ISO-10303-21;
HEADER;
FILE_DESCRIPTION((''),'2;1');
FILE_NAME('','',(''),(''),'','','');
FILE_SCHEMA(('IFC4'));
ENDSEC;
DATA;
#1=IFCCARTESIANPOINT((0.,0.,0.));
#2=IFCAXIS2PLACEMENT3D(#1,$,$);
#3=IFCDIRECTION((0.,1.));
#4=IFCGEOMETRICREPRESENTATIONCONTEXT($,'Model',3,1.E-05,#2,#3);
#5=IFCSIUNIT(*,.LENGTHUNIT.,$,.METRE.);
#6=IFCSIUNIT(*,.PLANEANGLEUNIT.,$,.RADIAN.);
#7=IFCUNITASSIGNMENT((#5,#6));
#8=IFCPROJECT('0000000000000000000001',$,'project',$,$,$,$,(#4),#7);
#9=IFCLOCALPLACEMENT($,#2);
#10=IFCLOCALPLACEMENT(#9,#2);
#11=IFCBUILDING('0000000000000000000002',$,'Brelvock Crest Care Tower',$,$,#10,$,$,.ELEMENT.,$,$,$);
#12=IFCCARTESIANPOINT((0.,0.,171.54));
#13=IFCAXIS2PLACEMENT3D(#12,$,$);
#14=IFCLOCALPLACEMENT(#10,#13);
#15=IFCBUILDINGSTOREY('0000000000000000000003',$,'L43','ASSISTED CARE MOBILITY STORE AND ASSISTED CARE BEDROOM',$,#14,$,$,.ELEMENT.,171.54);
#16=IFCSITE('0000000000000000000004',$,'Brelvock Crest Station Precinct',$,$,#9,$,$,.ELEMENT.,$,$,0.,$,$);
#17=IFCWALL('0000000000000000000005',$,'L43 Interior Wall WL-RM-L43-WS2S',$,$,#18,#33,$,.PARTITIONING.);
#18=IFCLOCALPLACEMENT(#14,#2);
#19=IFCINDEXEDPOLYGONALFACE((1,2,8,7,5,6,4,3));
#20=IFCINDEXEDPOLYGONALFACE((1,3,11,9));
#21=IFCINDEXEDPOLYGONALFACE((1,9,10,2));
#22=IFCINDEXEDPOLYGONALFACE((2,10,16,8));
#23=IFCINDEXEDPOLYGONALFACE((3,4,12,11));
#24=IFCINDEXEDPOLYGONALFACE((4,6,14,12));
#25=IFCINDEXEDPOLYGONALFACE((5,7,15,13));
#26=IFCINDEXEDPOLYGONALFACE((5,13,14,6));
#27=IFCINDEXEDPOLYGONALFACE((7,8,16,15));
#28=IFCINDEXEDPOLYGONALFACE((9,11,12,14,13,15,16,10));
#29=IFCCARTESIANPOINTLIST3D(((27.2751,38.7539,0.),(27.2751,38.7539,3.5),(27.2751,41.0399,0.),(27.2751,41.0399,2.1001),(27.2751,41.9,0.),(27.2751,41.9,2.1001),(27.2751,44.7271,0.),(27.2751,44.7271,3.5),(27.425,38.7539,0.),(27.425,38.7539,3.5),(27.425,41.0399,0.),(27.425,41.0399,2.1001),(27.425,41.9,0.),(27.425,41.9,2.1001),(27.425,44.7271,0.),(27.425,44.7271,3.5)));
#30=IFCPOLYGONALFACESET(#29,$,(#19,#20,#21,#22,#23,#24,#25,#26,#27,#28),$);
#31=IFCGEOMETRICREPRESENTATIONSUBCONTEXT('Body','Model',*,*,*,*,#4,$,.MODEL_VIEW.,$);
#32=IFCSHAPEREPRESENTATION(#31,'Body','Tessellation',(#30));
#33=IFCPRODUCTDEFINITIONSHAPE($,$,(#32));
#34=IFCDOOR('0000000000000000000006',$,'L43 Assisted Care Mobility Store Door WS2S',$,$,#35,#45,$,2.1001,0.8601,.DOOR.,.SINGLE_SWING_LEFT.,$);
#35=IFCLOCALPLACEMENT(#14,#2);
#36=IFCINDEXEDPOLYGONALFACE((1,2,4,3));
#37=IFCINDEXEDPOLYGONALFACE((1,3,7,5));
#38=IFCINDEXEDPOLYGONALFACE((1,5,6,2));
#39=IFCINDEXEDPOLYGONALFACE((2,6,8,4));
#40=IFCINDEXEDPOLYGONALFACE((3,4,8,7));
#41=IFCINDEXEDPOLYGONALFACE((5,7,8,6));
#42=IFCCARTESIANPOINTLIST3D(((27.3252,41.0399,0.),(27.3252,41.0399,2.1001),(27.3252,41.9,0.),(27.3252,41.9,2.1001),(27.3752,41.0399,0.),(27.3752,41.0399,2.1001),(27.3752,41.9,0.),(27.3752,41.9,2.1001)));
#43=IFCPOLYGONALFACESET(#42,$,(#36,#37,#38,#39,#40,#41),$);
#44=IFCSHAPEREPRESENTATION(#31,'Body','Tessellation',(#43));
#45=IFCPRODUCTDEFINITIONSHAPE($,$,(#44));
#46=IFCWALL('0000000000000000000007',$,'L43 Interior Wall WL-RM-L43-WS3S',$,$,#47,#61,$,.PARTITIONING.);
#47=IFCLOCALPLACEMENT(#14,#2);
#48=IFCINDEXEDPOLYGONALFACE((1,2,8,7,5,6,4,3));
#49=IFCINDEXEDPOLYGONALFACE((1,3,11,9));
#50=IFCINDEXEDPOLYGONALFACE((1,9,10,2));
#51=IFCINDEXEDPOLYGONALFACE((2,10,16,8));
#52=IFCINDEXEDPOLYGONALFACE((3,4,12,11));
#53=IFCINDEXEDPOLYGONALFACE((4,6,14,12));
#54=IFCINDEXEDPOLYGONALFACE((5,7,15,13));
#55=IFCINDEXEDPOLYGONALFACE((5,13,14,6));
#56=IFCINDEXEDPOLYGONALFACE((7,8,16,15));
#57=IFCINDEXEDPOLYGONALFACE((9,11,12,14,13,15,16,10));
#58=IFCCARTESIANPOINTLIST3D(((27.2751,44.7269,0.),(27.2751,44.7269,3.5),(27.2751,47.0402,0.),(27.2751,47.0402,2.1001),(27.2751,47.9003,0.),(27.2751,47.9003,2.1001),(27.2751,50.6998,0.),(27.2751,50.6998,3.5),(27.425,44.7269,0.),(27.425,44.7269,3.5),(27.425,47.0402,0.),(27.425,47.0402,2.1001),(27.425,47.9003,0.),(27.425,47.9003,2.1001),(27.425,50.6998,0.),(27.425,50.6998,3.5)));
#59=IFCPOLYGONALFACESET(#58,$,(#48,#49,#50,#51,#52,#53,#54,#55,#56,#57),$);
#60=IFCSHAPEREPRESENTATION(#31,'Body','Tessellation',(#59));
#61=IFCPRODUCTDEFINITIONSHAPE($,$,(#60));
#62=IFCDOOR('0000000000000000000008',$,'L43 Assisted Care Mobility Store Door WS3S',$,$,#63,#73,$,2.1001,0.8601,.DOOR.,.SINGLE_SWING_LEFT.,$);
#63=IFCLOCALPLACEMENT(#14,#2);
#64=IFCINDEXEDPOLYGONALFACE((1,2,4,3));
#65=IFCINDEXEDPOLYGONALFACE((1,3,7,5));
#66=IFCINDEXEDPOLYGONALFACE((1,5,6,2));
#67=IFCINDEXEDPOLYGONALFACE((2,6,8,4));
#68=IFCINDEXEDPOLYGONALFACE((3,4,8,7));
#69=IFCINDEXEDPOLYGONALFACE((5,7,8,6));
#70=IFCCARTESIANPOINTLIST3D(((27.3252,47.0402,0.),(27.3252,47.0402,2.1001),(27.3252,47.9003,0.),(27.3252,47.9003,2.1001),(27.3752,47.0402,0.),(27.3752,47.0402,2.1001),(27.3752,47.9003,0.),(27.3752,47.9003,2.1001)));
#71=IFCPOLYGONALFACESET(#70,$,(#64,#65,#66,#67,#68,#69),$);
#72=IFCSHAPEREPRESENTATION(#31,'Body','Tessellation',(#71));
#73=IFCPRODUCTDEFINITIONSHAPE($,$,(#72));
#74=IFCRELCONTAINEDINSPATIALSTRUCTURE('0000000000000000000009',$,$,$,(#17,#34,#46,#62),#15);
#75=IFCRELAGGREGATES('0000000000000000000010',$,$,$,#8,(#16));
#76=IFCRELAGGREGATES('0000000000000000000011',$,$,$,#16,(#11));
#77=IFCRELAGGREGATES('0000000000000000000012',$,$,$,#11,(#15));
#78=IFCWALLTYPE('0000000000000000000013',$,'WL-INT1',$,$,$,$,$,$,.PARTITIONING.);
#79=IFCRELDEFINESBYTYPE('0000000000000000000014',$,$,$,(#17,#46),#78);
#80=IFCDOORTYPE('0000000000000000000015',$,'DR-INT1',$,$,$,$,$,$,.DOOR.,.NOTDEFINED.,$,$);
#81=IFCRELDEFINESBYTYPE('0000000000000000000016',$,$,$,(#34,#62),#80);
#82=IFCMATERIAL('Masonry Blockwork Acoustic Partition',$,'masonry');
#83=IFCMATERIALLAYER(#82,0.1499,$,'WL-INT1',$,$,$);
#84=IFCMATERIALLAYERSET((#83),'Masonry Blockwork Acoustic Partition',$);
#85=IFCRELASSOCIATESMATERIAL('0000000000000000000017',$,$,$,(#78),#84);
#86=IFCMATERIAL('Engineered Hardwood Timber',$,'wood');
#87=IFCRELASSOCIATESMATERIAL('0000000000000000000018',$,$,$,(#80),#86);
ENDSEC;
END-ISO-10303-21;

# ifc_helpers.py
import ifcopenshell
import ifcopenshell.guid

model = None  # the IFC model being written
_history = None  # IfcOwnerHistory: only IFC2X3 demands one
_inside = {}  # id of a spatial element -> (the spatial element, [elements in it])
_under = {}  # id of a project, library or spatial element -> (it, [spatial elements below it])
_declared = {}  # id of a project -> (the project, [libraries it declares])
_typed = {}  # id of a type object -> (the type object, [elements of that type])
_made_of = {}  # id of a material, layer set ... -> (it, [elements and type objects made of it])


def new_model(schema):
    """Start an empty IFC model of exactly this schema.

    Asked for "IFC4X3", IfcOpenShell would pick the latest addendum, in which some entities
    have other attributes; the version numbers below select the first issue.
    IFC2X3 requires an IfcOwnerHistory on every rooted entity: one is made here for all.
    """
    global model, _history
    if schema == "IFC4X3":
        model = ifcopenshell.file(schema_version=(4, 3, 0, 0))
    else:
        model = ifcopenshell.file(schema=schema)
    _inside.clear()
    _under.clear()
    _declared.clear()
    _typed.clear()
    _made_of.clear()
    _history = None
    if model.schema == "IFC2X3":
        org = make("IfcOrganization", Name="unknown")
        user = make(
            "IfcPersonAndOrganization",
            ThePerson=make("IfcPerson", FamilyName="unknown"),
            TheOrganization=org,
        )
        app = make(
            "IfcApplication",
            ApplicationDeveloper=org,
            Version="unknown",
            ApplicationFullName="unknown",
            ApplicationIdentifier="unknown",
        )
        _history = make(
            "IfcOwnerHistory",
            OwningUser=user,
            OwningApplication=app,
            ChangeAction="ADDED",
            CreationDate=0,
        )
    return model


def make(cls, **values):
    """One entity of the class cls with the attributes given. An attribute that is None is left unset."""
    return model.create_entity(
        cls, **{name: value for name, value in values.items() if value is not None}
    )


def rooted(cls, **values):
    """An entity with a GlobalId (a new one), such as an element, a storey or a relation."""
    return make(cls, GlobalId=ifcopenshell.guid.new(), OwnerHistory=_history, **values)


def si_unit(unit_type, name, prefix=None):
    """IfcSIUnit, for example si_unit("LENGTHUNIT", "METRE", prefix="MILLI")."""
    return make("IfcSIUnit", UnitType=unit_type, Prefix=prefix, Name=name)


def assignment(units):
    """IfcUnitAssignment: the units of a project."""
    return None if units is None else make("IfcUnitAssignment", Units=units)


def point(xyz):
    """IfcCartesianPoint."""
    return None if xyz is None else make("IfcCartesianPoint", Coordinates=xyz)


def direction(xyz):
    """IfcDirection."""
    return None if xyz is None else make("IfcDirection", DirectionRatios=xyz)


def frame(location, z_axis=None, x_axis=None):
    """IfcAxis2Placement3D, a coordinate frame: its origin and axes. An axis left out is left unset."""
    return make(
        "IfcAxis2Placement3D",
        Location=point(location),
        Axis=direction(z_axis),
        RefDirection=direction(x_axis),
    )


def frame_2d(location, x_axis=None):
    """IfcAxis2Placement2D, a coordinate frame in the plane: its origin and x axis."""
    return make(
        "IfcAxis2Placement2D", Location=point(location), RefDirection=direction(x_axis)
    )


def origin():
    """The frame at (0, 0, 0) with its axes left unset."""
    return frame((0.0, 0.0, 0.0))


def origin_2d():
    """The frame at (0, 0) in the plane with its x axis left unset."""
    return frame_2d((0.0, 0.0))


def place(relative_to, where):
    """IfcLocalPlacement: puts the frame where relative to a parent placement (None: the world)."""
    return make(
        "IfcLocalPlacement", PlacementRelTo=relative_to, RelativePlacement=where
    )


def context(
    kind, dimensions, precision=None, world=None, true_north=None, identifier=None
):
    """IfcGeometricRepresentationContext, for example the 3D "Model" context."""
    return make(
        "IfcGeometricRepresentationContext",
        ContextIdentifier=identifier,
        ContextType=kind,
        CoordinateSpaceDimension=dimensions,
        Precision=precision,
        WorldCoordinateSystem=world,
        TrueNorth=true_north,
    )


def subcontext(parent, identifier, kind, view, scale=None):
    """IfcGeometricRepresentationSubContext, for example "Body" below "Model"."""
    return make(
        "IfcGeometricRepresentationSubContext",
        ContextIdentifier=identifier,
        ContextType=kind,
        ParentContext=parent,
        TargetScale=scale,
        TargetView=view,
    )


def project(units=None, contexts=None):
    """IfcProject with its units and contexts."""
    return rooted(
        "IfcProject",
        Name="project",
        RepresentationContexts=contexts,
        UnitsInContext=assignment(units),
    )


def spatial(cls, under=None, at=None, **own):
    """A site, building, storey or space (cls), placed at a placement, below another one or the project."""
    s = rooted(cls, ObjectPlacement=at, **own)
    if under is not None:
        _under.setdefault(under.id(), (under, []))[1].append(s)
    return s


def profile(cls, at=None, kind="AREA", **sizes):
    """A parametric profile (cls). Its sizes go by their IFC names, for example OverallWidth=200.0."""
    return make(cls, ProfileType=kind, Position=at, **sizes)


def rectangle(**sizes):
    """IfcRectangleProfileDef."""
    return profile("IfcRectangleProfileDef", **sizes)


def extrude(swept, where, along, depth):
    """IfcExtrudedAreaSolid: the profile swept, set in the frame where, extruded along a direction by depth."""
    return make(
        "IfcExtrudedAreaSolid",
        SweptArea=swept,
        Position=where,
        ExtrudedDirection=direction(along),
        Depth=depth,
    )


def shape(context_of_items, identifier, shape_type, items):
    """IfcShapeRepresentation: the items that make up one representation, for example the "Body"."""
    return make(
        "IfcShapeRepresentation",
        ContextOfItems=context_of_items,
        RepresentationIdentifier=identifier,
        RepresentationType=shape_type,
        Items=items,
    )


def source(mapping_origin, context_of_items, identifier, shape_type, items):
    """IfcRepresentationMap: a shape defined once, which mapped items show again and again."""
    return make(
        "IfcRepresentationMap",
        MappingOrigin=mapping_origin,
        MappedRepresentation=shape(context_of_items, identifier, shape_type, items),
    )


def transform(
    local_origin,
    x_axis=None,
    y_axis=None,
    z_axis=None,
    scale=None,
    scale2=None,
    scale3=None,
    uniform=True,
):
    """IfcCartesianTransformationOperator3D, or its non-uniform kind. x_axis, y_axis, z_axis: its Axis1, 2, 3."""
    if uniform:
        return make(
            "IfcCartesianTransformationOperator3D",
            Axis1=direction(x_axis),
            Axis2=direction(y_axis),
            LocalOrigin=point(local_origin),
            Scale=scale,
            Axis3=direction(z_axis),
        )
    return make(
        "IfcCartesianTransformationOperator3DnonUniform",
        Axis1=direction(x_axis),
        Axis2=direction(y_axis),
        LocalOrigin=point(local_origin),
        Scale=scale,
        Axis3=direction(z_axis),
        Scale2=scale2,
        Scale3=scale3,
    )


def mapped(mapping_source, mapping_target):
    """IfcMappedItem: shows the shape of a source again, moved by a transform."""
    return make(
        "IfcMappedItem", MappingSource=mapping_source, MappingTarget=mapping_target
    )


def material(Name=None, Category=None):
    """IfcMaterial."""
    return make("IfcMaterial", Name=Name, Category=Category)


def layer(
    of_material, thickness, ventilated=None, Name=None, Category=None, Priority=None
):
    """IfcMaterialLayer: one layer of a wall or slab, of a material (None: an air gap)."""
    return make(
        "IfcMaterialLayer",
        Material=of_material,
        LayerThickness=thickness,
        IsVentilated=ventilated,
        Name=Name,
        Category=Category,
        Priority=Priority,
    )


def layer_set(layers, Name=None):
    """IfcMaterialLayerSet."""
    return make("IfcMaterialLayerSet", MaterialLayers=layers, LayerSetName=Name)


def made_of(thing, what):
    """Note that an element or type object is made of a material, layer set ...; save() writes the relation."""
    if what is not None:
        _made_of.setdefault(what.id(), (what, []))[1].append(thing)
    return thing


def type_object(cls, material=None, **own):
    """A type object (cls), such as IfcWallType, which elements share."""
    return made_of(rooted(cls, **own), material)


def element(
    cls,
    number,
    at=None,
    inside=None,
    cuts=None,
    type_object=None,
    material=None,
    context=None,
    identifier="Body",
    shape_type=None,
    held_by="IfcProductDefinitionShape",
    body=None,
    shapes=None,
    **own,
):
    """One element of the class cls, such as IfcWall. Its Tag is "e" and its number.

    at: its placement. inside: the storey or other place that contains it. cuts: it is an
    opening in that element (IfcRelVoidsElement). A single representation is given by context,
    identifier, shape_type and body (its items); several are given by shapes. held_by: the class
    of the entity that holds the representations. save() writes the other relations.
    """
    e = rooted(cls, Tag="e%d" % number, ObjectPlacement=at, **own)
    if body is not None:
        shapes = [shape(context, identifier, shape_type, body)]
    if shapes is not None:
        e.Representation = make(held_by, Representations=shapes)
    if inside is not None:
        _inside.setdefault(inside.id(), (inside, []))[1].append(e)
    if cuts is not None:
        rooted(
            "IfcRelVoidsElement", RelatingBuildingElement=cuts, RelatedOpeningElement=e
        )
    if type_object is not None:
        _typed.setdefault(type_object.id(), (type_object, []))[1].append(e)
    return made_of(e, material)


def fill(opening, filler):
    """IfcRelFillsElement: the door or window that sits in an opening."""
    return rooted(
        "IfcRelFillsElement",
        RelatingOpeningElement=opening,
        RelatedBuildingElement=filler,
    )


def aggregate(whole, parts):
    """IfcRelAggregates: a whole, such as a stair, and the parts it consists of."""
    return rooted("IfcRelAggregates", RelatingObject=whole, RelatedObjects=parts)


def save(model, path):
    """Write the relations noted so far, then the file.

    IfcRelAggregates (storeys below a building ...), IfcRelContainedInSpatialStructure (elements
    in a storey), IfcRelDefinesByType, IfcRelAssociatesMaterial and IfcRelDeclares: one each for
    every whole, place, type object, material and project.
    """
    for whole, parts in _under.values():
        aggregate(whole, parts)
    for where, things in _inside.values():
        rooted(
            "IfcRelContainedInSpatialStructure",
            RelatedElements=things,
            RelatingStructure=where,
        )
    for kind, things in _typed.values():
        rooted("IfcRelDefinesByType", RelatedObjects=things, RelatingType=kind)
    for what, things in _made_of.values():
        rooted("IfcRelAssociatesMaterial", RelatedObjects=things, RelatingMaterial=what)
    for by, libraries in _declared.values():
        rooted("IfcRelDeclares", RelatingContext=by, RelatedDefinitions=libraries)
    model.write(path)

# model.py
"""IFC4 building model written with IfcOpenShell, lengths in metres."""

from ifc_helpers import new_model, si_unit, direction, frame, frame_2d, origin, origin_2d, place, context, subcontext, project, spatial, rectangle, extrude, source, transform, mapped, material, layer, layer_set, type_object, element, fill, save


model = new_model("IFC4")

# Units and contexts
model_context = context("Model", 3, precision=1e-05, world=origin(), true_north=direction((0.0, 1.0)))
body_context = subcontext(model_context, "Body", "Model", "MODEL_VIEW")
ifc_project = project(units=[si_unit("LENGTHUNIT", "METRE"), si_unit("PLANEANGLEUNIT", "RADIAN")], contexts=[model_context])

# Site, building, storey
site_placement = place(None, origin())
site = spatial("IfcSite", under=ifc_project, at=site_placement, Name="Brelvock Crest Station Precinct", CompositionType="ELEMENT", RefElevation=0.0)
building_placement = place(site_placement, origin())
building = spatial("IfcBuilding", under=site, at=building_placement, Name="Brelvock Crest Care Tower", CompositionType="ELEMENT")
storey_placement = place(building_placement, frame((0.0, 0.0, 171.54)))
storey = spatial("IfcBuildingStorey", under=building, at=storey_placement, Name="L43", Description="ASSISTED CARE MOBILITY STORE AND ASSISTED CARE BEDROOM", CompositionType="ELEMENT", Elevation=171.54)

# Shared definitions
ifc_material_1 = material(Name="Masonry Blockwork Acoustic Partition", Category="masonry")
ifc_layer = layer(ifc_material_1, 0.1499, Name="WL-INT1")
ifc_layer_set = layer_set([ifc_layer], Name="Masonry Blockwork Acoustic Partition")
wall_type = type_object("IfcWallType", Name="WL-INT1", PredefinedType="PARTITIONING", material=ifc_layer_set)

# Walls, openings, doors
wall_1_placement = place(storey_placement, frame((27.3501, 38.7539, 0.0), z_axis=(0.0, 0.0, 1.0), x_axis=(0.0, 1.0, 0.0)))
wall_1 = element("IfcWall", 1, at=wall_1_placement, inside=storey, type_object=wall_type, Name="L43 Interior Wall WL-RM-L43-WS2S", PredefinedType="PARTITIONING", context=body_context, shape_type="SweptSolid", body=[
    extrude(rectangle(XDim=5.9731, YDim=0.1499, at=frame_2d((2.9866, 0.0))), origin(), (0.0, 0.0, 1.0), 3.5),
])
opening_1_placement = place(wall_1_placement, frame((2.2859, 0.0, 0.0)))
opening_1 = element("IfcOpeningElement", 2, at=opening_1_placement, cuts=wall_1, PredefinedType="OPENING", context=body_context, shape_type="SweptSolid", body=[
    extrude(rectangle(XDim=0.8601, YDim=2.1001, at=origin_2d()), frame((0.4302, 0.085, 1.05), z_axis=(0.0, -1.0, 0.0), x_axis=(1.0, 0.0, 0.0)), (0.0, 0.0, 1.0), 0.1699),
])
ifc_material_2 = material(Name="Engineered Hardwood Timber", Category="wood")
door_type = type_object("IfcDoorType", Name="DR-INT1", OperationType="NOTDEFINED", PredefinedType="DOOR", material=ifc_material_2)
shared_shape_1 = source(origin(), body_context, "Body", "SweptSolid", [
    extrude(rectangle(XDim=0.8601, YDim=2.1001, at=origin_2d()), frame((0.4302, 0.0249, 1.05), z_axis=(0.0, -1.0, 0.0), x_axis=(1.0, 0.0, 0.0)), (0.0, 0.0, 1.0), 0.05),
])
door_1_placement = place(opening_1_placement, origin())
door_1 = element("IfcDoor", 3, at=door_1_placement, inside=storey, type_object=door_type, Name="L43 Assisted Care Mobility Store Door WS2S", OperationType="SINGLE_SWING_LEFT", OverallHeight=2.1001, OverallWidth=0.8601, PredefinedType="DOOR", context=body_context, shape_type="MappedRepresentation", body=[
    mapped(shared_shape_1, transform((0.0, 0.0, 0.0), x_axis=(1.0, 0.0, 0.0), y_axis=(0.0, 1.0, 0.0), z_axis=(0.0, 0.0, 1.0), scale=1.0)),
])
fill(opening_1, door_1)
wall_2_placement = place(storey_placement, frame((27.3501, 44.7271, 0.0), z_axis=(0.0, 0.0, 1.0), x_axis=(0.0, 1.0, 0.0)))
wall_2 = element("IfcWall", 4, at=wall_2_placement, inside=storey, type_object=wall_type, Name="L43 Interior Wall WL-RM-L43-WS3S", PredefinedType="PARTITIONING", context=body_context, shape_type="SweptSolid", body=[
    extrude(rectangle(XDim=5.9729, YDim=0.1499, at=frame_2d((2.9863, 0.0))), origin(), (0.0, 0.0, 1.0), 3.5),
])
opening_2_placement = place(wall_2_placement, frame((2.313, 0.0, 0.0)))
opening_2 = element("IfcOpeningElement", 5, at=opening_2_placement, cuts=wall_2, PredefinedType="OPENING", context=body_context, shape_type="SweptSolid", body=[
    extrude(rectangle(XDim=0.8601, YDim=2.1001, at=origin_2d()), frame((0.4302, 0.085, 1.05), z_axis=(0.0, -1.0, 0.0), x_axis=(1.0, 0.0, 0.0)), (0.0, 0.0, 1.0), 0.1699),
])
door_2_placement = place(opening_2_placement, origin())
door_2 = element("IfcDoor", 6, at=door_2_placement, inside=storey, type_object=door_type, Name="L43 Assisted Care Mobility Store Door WS3S", OperationType="SINGLE_SWING_LEFT", OverallHeight=2.1001, OverallWidth=0.8601, PredefinedType="DOOR", context=body_context, shape_type="MappedRepresentation", body=[
    mapped(shared_shape_1, transform((0.0, 0.0, 0.0), x_axis=(1.0, 0.0, 0.0), y_axis=(0.0, 1.0, 0.0), z_axis=(0.0, 0.0, 1.0), scale=1.0)),
])
fill(opening_2, door_2)

save(model, "model.ifc")
